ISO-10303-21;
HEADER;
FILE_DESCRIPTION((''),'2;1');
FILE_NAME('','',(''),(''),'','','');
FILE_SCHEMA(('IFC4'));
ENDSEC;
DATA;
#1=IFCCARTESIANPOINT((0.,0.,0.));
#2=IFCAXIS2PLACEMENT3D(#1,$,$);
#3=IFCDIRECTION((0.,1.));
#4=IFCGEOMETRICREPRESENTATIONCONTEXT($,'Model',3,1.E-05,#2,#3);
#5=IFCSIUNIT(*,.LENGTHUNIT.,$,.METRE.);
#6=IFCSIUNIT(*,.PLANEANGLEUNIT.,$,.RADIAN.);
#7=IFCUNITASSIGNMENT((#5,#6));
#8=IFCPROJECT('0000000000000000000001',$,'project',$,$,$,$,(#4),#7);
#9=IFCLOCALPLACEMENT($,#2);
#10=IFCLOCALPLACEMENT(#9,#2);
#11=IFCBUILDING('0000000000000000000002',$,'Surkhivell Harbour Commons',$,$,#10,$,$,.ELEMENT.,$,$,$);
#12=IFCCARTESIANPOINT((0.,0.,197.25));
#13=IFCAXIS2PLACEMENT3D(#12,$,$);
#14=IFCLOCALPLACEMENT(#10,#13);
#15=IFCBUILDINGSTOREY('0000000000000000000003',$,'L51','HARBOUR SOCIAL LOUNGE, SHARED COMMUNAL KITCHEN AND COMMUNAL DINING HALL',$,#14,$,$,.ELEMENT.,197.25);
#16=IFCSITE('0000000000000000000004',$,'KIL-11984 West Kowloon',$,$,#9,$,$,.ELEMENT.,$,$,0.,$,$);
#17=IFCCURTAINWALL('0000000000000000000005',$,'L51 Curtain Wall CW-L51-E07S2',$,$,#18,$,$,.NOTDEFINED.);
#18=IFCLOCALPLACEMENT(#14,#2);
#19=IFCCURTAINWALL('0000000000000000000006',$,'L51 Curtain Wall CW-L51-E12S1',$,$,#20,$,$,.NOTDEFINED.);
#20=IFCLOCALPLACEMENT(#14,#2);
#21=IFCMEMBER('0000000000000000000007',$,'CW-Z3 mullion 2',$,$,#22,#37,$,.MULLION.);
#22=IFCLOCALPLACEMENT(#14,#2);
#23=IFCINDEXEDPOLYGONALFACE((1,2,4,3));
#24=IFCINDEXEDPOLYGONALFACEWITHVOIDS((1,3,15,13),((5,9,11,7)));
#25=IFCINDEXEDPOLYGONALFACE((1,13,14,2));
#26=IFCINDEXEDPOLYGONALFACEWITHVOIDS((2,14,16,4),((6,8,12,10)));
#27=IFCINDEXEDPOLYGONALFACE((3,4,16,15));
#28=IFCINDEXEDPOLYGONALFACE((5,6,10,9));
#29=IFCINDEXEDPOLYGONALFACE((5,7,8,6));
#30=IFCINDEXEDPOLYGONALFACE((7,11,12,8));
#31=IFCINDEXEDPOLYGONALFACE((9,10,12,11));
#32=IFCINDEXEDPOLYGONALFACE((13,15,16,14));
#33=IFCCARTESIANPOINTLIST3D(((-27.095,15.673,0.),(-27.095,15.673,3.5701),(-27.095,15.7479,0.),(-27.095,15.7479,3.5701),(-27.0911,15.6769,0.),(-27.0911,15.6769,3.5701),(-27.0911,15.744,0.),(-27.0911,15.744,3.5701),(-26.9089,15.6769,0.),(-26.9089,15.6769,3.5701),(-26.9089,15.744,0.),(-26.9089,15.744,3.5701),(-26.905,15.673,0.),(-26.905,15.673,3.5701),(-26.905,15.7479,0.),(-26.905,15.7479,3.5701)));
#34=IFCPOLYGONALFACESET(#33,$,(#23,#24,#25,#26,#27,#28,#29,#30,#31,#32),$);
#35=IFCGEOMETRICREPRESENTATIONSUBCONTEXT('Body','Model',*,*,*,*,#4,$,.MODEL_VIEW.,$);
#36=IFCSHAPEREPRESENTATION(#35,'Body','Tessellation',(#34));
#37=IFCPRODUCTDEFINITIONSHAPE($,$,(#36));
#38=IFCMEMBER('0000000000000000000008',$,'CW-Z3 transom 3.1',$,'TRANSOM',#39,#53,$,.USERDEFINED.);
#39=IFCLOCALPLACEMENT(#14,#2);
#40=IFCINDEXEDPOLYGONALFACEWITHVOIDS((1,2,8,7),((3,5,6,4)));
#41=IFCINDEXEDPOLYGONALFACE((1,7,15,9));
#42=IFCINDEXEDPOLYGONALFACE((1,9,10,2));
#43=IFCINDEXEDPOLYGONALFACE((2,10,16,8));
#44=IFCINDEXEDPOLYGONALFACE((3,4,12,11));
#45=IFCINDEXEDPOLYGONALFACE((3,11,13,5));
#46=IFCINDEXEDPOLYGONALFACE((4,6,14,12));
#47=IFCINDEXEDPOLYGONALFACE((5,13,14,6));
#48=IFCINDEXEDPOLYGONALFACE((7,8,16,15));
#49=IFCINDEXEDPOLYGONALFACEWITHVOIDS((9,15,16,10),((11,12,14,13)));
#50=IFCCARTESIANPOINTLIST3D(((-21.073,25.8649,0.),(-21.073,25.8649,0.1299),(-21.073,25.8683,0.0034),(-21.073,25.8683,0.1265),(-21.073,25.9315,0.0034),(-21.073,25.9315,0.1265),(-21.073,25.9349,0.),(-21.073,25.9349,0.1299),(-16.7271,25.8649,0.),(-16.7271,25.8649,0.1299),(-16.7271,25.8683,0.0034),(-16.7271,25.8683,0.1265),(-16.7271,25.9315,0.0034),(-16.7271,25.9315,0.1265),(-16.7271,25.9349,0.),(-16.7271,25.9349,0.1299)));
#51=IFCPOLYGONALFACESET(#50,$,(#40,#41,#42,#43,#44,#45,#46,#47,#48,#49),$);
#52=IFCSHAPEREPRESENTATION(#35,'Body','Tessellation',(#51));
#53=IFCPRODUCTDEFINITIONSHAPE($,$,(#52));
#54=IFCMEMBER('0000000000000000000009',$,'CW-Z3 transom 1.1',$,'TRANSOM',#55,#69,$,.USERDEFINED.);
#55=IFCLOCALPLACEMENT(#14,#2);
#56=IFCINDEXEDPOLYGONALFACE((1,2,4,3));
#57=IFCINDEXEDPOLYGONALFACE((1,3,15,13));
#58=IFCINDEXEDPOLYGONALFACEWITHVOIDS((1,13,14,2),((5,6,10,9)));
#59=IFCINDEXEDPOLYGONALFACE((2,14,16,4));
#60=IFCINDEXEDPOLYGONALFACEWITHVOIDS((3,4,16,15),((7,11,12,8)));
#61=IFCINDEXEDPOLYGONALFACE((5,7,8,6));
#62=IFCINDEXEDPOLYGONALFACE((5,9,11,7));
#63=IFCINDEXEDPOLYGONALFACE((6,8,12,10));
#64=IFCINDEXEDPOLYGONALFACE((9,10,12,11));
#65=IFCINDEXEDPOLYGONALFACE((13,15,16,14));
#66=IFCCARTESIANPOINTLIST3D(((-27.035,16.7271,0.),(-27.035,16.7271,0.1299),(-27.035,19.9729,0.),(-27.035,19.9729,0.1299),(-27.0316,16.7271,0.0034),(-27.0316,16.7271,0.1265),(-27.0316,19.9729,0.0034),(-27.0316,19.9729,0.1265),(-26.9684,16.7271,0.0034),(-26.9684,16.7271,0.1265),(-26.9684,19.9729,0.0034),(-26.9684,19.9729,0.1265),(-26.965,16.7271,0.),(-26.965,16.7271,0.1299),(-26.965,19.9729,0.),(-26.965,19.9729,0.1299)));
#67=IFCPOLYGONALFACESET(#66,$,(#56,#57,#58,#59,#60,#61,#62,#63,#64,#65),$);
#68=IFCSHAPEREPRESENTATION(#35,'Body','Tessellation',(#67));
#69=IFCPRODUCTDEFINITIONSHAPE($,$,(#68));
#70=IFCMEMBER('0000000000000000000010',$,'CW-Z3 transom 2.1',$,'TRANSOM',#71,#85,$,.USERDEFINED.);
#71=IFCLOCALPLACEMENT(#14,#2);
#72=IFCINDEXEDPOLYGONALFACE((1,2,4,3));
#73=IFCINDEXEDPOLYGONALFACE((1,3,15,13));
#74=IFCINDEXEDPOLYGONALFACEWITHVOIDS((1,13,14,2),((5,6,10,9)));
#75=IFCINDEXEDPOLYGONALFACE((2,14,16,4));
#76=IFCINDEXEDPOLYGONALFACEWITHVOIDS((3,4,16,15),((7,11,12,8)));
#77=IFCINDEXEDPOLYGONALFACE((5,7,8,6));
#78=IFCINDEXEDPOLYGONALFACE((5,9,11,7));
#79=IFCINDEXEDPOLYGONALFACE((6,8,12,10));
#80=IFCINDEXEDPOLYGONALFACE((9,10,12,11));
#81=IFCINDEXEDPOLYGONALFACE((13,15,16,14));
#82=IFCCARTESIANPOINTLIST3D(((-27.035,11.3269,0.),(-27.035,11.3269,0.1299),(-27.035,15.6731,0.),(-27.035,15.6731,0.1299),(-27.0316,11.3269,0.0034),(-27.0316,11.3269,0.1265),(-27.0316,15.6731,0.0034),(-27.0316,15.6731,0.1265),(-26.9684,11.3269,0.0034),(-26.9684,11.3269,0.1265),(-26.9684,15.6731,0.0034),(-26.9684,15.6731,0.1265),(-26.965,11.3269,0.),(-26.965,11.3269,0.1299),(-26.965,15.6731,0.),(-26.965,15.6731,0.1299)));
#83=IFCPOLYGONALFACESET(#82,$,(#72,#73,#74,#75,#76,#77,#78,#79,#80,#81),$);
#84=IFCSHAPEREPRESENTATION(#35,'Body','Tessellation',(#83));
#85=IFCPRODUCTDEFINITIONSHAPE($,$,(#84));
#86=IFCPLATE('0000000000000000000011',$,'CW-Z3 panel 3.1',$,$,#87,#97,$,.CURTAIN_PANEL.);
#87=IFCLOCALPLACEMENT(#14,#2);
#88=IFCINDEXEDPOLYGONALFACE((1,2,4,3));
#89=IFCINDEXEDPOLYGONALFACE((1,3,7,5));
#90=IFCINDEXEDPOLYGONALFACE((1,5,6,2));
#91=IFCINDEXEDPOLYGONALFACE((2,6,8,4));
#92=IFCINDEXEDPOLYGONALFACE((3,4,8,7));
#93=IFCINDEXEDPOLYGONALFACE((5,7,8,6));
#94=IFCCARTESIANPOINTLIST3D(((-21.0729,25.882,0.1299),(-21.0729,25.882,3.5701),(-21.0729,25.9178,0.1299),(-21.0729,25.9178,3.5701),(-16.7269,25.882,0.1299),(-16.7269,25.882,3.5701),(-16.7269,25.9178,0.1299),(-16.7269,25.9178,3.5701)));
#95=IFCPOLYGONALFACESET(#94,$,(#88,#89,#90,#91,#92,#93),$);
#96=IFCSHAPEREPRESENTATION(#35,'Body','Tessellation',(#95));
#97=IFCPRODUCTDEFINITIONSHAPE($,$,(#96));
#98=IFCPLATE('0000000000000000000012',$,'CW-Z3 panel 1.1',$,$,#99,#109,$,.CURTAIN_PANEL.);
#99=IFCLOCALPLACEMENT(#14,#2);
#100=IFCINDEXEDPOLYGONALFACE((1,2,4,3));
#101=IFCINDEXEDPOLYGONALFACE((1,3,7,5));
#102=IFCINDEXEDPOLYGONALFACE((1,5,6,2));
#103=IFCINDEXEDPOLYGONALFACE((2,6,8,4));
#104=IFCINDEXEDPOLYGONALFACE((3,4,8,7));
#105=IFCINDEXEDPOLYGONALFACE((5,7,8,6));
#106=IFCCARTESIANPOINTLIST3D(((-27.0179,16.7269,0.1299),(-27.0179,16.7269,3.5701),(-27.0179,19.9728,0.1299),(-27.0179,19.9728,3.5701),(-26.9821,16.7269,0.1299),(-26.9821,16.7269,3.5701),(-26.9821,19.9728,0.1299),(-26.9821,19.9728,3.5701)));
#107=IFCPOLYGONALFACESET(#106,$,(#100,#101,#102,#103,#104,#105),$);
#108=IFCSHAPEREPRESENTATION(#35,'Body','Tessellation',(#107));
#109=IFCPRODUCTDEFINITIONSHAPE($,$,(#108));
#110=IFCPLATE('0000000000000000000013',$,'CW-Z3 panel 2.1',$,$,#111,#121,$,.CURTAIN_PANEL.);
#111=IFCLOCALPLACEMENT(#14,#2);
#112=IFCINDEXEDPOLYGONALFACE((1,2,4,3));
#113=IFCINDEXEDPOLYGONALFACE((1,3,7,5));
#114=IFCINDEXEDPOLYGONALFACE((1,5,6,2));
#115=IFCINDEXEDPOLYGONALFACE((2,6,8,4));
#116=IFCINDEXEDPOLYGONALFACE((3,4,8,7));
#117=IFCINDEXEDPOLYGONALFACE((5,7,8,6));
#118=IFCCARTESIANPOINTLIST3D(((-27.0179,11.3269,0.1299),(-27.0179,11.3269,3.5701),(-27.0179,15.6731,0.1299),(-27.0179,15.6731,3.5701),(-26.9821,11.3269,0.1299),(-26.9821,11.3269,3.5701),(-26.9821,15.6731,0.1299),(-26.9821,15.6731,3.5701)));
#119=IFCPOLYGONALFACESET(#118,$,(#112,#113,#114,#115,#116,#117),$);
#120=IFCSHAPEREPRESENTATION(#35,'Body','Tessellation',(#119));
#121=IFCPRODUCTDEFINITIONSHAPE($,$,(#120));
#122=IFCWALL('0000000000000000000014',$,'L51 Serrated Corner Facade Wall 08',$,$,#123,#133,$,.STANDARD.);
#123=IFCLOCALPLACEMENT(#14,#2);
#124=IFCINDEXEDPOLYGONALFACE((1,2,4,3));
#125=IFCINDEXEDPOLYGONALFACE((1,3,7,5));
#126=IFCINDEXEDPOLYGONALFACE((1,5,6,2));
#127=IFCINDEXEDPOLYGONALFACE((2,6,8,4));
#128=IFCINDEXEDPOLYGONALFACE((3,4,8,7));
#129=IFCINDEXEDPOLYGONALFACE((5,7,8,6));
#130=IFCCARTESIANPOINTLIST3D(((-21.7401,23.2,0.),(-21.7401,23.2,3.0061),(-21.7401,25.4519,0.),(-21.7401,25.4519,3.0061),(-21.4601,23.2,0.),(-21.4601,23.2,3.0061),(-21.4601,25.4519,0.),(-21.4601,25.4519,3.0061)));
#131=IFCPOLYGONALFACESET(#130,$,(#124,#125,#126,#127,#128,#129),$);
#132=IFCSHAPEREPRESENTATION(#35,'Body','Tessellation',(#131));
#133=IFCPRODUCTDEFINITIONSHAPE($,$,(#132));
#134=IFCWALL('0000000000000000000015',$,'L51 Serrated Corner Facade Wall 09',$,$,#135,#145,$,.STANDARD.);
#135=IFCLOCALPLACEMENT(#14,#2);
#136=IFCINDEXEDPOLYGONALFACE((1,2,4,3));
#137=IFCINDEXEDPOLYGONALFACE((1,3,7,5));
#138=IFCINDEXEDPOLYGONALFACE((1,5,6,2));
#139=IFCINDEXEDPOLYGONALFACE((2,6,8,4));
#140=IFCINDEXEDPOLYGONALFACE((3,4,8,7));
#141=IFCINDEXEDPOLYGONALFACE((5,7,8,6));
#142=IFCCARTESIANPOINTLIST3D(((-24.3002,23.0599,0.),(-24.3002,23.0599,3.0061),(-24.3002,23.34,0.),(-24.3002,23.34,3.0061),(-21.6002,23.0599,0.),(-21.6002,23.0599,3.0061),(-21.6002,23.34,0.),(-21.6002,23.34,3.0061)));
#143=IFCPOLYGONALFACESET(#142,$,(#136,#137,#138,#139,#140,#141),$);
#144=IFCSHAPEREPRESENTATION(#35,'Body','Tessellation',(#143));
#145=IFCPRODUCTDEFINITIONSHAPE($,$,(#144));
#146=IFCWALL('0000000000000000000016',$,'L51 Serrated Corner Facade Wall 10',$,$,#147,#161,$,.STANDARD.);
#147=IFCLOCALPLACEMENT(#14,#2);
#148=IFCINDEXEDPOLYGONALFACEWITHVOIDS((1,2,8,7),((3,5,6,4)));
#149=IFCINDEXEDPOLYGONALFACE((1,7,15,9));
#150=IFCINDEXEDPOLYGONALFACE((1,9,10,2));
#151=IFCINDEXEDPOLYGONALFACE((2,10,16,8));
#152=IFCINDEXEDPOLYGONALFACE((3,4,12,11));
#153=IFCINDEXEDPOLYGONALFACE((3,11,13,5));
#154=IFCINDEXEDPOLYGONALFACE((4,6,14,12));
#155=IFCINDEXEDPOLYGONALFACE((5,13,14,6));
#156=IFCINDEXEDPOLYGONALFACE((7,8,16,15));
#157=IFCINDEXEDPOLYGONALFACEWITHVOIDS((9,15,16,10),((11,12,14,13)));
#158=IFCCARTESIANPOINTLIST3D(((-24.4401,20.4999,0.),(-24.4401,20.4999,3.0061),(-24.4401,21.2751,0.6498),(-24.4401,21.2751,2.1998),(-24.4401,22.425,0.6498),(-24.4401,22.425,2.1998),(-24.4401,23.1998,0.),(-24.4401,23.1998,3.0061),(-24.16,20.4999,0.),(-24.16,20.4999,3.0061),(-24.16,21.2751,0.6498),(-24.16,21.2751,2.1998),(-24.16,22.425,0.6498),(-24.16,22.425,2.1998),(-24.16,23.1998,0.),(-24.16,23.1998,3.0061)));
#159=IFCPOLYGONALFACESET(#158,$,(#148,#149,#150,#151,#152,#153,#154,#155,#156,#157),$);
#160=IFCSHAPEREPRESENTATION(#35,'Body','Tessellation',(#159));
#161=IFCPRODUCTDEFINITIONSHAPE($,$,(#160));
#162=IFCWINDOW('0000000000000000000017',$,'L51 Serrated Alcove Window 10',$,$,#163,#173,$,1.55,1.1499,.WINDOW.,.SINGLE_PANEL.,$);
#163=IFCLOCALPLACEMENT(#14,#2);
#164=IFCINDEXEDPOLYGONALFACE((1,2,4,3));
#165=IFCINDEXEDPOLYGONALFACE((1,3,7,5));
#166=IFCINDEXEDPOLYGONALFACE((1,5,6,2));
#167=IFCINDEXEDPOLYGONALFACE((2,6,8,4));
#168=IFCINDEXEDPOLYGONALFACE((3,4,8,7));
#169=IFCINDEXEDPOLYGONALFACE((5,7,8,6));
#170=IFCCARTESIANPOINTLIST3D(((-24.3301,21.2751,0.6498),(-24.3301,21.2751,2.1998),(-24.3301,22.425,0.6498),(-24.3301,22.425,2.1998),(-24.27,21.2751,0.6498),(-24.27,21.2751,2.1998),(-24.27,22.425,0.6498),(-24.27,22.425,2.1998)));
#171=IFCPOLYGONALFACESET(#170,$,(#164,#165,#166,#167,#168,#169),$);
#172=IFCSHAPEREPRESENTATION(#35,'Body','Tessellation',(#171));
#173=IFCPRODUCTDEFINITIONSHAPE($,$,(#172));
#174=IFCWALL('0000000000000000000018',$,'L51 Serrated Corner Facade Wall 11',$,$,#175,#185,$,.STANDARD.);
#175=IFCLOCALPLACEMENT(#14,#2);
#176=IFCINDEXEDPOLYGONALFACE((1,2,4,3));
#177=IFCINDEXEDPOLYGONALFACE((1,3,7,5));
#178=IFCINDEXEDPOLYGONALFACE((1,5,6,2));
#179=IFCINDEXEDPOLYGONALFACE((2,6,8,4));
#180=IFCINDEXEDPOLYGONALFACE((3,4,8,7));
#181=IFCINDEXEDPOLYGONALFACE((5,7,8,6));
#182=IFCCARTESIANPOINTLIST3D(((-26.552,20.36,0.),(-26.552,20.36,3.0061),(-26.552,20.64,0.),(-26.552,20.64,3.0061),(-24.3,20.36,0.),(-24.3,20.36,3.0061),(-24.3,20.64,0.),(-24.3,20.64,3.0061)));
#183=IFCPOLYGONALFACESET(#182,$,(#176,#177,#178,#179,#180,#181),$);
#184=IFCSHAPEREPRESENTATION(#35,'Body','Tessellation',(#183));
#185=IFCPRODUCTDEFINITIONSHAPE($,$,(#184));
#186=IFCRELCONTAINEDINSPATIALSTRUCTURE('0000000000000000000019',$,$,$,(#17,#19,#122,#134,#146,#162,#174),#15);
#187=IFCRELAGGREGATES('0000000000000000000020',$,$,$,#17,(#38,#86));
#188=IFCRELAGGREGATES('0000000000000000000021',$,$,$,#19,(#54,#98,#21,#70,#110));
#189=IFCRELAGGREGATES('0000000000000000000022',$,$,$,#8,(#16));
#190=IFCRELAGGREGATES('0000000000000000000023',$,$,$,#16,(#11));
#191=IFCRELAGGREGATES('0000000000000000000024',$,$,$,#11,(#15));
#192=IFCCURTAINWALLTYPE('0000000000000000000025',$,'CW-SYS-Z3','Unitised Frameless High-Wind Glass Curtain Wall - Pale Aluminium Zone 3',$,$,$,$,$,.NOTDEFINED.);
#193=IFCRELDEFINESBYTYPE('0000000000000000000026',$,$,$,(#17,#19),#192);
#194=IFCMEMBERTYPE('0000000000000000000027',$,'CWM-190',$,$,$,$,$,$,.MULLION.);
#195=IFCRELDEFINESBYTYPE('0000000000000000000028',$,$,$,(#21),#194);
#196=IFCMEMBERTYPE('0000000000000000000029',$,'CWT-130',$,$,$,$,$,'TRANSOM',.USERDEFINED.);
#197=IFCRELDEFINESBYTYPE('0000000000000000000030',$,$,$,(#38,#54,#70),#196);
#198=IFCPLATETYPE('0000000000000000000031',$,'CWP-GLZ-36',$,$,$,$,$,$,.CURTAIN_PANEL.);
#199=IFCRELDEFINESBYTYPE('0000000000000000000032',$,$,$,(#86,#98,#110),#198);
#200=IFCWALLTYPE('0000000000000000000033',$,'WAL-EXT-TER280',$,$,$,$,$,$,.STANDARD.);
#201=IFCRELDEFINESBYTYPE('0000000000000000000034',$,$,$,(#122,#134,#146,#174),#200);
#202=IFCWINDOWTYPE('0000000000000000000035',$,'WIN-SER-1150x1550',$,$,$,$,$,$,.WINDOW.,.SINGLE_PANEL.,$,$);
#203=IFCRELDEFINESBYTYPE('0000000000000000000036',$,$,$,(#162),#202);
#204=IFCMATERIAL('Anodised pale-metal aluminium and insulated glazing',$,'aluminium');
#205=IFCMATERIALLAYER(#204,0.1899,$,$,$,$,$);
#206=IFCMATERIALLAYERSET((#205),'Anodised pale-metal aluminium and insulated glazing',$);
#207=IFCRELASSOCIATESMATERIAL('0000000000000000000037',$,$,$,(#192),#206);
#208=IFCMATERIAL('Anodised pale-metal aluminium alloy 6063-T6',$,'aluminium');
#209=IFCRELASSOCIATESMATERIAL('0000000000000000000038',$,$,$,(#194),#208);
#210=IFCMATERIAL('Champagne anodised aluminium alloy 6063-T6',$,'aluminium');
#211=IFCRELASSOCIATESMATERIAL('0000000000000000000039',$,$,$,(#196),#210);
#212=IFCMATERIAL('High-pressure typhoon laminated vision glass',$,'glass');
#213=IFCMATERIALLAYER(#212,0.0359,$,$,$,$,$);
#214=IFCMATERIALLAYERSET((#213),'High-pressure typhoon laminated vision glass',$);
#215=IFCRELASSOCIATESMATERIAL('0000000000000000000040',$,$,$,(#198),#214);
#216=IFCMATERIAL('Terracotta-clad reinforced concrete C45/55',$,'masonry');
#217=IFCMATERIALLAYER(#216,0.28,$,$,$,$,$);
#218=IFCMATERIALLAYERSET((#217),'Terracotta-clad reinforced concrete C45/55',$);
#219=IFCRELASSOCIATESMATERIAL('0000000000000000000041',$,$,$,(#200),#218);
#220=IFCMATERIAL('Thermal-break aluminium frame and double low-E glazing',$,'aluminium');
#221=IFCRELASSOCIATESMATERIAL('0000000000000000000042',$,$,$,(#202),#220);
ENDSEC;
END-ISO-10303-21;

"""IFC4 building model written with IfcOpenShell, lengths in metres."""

from ifc_helpers import new_model, si_unit, direction, frame, frame_2d, origin, origin_2d, place, context, subcontext, project, spatial, rectangle, hollow_rectangle, extrude, material, layer, layer_set, material_profile, profile_set, type_object, element, fill, aggregate, save


model = new_model("IFC4")

# Units and contexts
model_context = context("Model", 3, precision=1e-05, world=origin(), true_north=direction((0.0, 1.0)))
body_context = subcontext(model_context, "Body", "Model", "MODEL_VIEW")
ifc_project = project(units=[si_unit("LENGTHUNIT", "METRE"), si_unit("PLANEANGLEUNIT", "RADIAN")], contexts=[model_context])

# Site, building, storey
site_placement = place(None, origin())
site = spatial("IfcSite", under=ifc_project, at=site_placement, Name="KIL-11984 West Kowloon", CompositionType="ELEMENT", RefElevation=0.0)
building_placement = place(site_placement, origin())
building = spatial("IfcBuilding", under=site, at=building_placement, Name="Surkhivell Harbour Commons", CompositionType="ELEMENT")
storey_placement = place(building_placement, frame((0.0, 0.0, 197.25)))
storey = spatial("IfcBuildingStorey", under=building, at=storey_placement, Name="L51", Description="HARBOUR SOCIAL LOUNGE, SHARED COMMUNAL KITCHEN AND COMMUNAL DINING HALL", CompositionType="ELEMENT", Elevation=197.25)

# Curtain walls, member
ifc_material_1 = material(Name="Anodised pale-metal aluminium and insulated glazing", Category="aluminium")
ifc_layer_1 = layer(ifc_material_1, 0.1899)
ifc_layer_set_1 = layer_set([ifc_layer_1], Name="Anodised pale-metal aluminium and insulated glazing")
curtain_wall_type = type_object("IfcCurtainWallType", Name="CW-SYS-Z3", Description="Unitised Frameless High-Wind Glass Curtain Wall - Pale Aluminium Zone 3", PredefinedType="NOTDEFINED", material=ifc_layer_set_1)
curtain_wall_1_placement = place(storey_placement, origin())
curtain_wall_1 = element("IfcCurtainWall", 1, at=curtain_wall_1_placement, inside=storey, type_object=curtain_wall_type, Name="L51 Curtain Wall CW-L51-E07S2", PredefinedType="NOTDEFINED")
ifc_material_2 = material(Name="Anodised pale-metal aluminium alloy 6063-T6", Category="aluminium")
ifc_material_profile_1 = material_profile(ifc_material_2, hollow_rectangle(XDim=0.075, YDim=0.1899, WallThickness=0.0039, at=origin_2d()), Name="ALU-MULL-75x190")
ifc_profile_set_1 = profile_set([ifc_material_profile_1], Name="Anodised pale-metal aluminium alloy 6063-T6")
member_type_1 = type_object("IfcMemberType", Name="CWM-190", PredefinedType="MULLION", material=ifc_profile_set_1)
curtain_wall_2_placement = place(storey_placement, origin())
curtain_wall_2 = element("IfcCurtainWall", 2, at=curtain_wall_2_placement, inside=storey, type_object=curtain_wall_type, Name="L51 Curtain Wall CW-L51-E12S1", PredefinedType="NOTDEFINED")
member_1_placement = place(storey_placement, frame((-27.0, 15.7104, 0.0), z_axis=(0.0, 0.0, 1.0), x_axis=(0.0, -1.0, 0.0)))
member_1 = element("IfcMember", 3, at=member_1_placement, type_object=member_type_1, Name="CW-Z3 mullion 2", PredefinedType="MULLION", context=body_context, shape_type="SweptSolid", body=[
    extrude(hollow_rectangle(XDim=0.075, YDim=0.1899, WallThickness=0.0039, at=origin_2d()), origin(), (0.0, 0.0, 1.0), 3.5701),
])

# Members
ifc_material_3 = material(Name="Champagne anodised aluminium alloy 6063-T6", Category="aluminium")
ifc_material_profile_2 = material_profile(ifc_material_3, hollow_rectangle(XDim=0.0701, YDim=0.1299, WallThickness=0.0034, at=origin_2d()), Name="ALU-TRAN-70x130")
ifc_profile_set_2 = profile_set([ifc_material_profile_2], Name="Champagne anodised aluminium alloy 6063-T6")
member_type_2 = type_object("IfcMemberType", Name="CWT-130", ElementType="TRANSOM", PredefinedType="USERDEFINED", material=ifc_profile_set_2)
member_2_placement = place(storey_placement, frame((-16.7271, 25.8999, 0.0649), z_axis=(-1.0, 0.0, 0.0), x_axis=(0.0, -1.0, 0.0)))
member_2 = element("IfcMember", 4, at=member_2_placement, type_object=member_type_2, Name="CW-Z3 transom 3.1", ObjectType="TRANSOM", PredefinedType="USERDEFINED", context=body_context, shape_type="SweptSolid", body=[
    extrude(hollow_rectangle(XDim=0.0701, YDim=0.1299, WallThickness=0.0034, at=origin_2d()), origin(), (0.0, 0.0, 1.0), 4.3459),
])
member_3_placement = place(storey_placement, frame((-27.0, 19.9729, 0.0649), z_axis=(0.0, -1.0, 0.0), x_axis=(1.0, 0.0, 0.0)))
member_3 = element("IfcMember", 5, at=member_3_placement, type_object=member_type_2, Name="CW-Z3 transom 1.1", ObjectType="TRANSOM", PredefinedType="USERDEFINED", context=body_context, shape_type="SweptSolid", body=[
    extrude(hollow_rectangle(XDim=0.0701, YDim=0.1299, WallThickness=0.0034, at=origin_2d()), origin(), (0.0, 0.0, 1.0), 3.2458),
])
member_4_placement = place(storey_placement, frame((-27.0, 15.6731, 0.0649), z_axis=(0.0, -1.0, 0.0), x_axis=(1.0, 0.0, 0.0)))
member_4 = element("IfcMember", 6, at=member_4_placement, type_object=member_type_2, Name="CW-Z3 transom 2.1", ObjectType="TRANSOM", PredefinedType="USERDEFINED", context=body_context, shape_type="SweptSolid", body=[
    extrude(hollow_rectangle(XDim=0.0701, YDim=0.1299, WallThickness=0.0034, at=origin_2d()), origin(), (0.0, 0.0, 1.0), 4.3462),
])

# Plates
ifc_material_4 = material(Name="High-pressure typhoon laminated vision glass", Category="glass")
ifc_layer_2 = layer(ifc_material_4, 0.0359)
ifc_layer_set_2 = layer_set([ifc_layer_2], Name="High-pressure typhoon laminated vision glass")
plate_type = type_object("IfcPlateType", Name="CWP-GLZ-36", PredefinedType="CURTAIN_PANEL", material=ifc_layer_set_2)
plate_1_placement = place(storey_placement, frame((-16.7271, 25.8999, 0.1299), z_axis=(0.0, 0.0, 1.0), x_axis=(-1.0, 0.0, 0.0)))
plate_1 = element("IfcPlate", 7, at=plate_1_placement, type_object=plate_type, Name="CW-Z3 panel 3.1", PredefinedType="CURTAIN_PANEL", context=body_context, shape_type="SweptSolid", body=[
    extrude(rectangle(XDim=4.3459, YDim=0.0359, at=frame_2d((2.1729, 0.0))), origin(), (0.0, 0.0, 1.0), 3.4402),
])
aggregate(curtain_wall_1, [member_2, plate_1])
plate_2_placement = place(storey_placement, frame((-27.0, 19.9729, 0.1299), z_axis=(0.0, 0.0, 1.0), x_axis=(0.0, -1.0, 0.0)))
plate_2 = element("IfcPlate", 8, at=plate_2_placement, type_object=plate_type, Name="CW-Z3 panel 1.1", PredefinedType="CURTAIN_PANEL", context=body_context, shape_type="SweptSolid", body=[
    extrude(rectangle(XDim=3.2458, YDim=0.0359, at=frame_2d((1.623, 0.0))), origin(), (0.0, 0.0, 1.0), 3.4402),
])
plate_3_placement = place(storey_placement, frame((-27.0, 15.6731, 0.1299), z_axis=(0.0, 0.0, 1.0), x_axis=(0.0, -1.0, 0.0)))
plate_3 = element("IfcPlate", 9, at=plate_3_placement, type_object=plate_type, Name="CW-Z3 panel 2.1", PredefinedType="CURTAIN_PANEL", context=body_context, shape_type="SweptSolid", body=[
    extrude(rectangle(XDim=4.3462, YDim=0.0359, at=frame_2d((2.1731, 0.0))), origin(), (0.0, 0.0, 1.0), 3.4402),
])
aggregate(curtain_wall_2, [member_3, plate_2, member_1, member_4, plate_3])

# Walls
ifc_material_5 = material(Name="Terracotta-clad reinforced concrete C45/55", Category="masonry")
ifc_layer_3 = layer(ifc_material_5, 0.28)
ifc_layer_set_3 = layer_set([ifc_layer_3], Name="Terracotta-clad reinforced concrete C45/55")
wall_type = type_object("IfcWallType", Name="WAL-EXT-TER280", PredefinedType="STANDARD", material=ifc_layer_set_3)
wall_1_placement = place(storey_placement, frame((-21.6001, 25.4519, 0.0), z_axis=(0.0, 0.0, 1.0), x_axis=(0.0, -1.0, 0.0)))
element("IfcWall", 10, at=wall_1_placement, inside=storey, type_object=wall_type, Name="L51 Serrated Corner Facade Wall 08", PredefinedType="STANDARD", context=body_context, shape_type="SweptSolid", body=[
    extrude(rectangle(XDim=2.252, YDim=0.28, at=frame_2d((1.126, 0.0))), origin(), (0.0, 0.0, 1.0), 3.0061),
])
wall_2_placement = place(storey_placement, frame((-21.6001, 23.2, 0.0), z_axis=(0.0, 0.0, 1.0), x_axis=(-1.0, 0.0, 0.0)))
element("IfcWall", 11, at=wall_2_placement, inside=storey, type_object=wall_type, Name="L51 Serrated Corner Facade Wall 09", PredefinedType="STANDARD", context=body_context, shape_type="SweptSolid", body=[
    extrude(rectangle(XDim=2.7, YDim=0.28, at=frame_2d((1.3501, 0.0))), origin(), (0.0, 0.0, 1.0), 3.0061),
])

# Wall, opening, window
wall_3_placement = place(storey_placement, frame((-24.3, 23.2, 0.0), z_axis=(0.0, 0.0, 1.0), x_axis=(0.0, -1.0, 0.0)))
wall_3 = element("IfcWall", 12, at=wall_3_placement, inside=storey, type_object=wall_type, Name="L51 Serrated Corner Facade Wall 10", PredefinedType="STANDARD", context=body_context, shape_type="SweptSolid", body=[
    extrude(rectangle(XDim=2.7, YDim=0.28, at=frame_2d((1.3501, 0.0))), origin(), (0.0, 0.0, 1.0), 3.0061),
])
opening_placement = place(wall_3_placement, frame((0.7749, 0.0, 0.6499)))
opening = element("IfcOpeningElement", 13, at=opening_placement, cuts=wall_3, PredefinedType="OPENING", context=body_context, shape_type="SweptSolid", body=[
    extrude(rectangle(XDim=1.1499, YDim=1.55, at=frame_2d((0.575, 0.7749))), frame((0.0, 0.1499, 0.0), z_axis=(0.0, -1.0, 0.0), x_axis=(1.0, 0.0, 0.0)), (0.0, 0.0, 1.0), 0.3),
])
ifc_material_6 = material(Name="Thermal-break aluminium frame and double low-E glazing", Category="aluminium")
window_type = type_object("IfcWindowType", Name="WIN-SER-1150x1550", PartitioningType="SINGLE_PANEL", PredefinedType="WINDOW", material=ifc_material_6)
window_placement = place(opening_placement, origin())
window = element("IfcWindow", 14, at=window_placement, inside=storey, type_object=window_type, Name="L51 Serrated Alcove Window 10", OverallHeight=1.55, OverallWidth=1.1499, PartitioningType="SINGLE_PANEL", PredefinedType="WINDOW", context=body_context, shape_type="SweptSolid", body=[
    extrude(rectangle(XDim=1.1499, YDim=1.55, at=frame_2d((0.575, 0.7749))), frame((0.0, 0.03, 0.0), z_axis=(0.0, -1.0, 0.0), x_axis=(1.0, 0.0, 0.0)), (0.0, 0.0, 1.0), 0.0601),
])
fill(opening, window)

# Wall
wall_4_placement = place(storey_placement, frame((-24.3, 20.5, 0.0), z_axis=(0.0, 0.0, 1.0), x_axis=(-1.0, 0.0, 0.0)))
element("IfcWall", 15, at=wall_4_placement, inside=storey, type_object=wall_type, Name="L51 Serrated Corner Facade Wall 11", PredefinedType="STANDARD", context=body_context, shape_type="SweptSolid", body=[
    extrude(rectangle(XDim=2.252, YDim=0.28, at=frame_2d((1.126, 0.0))), origin(), (0.0, 0.0, 1.0), 3.0061),
])

save(model, "model.ifc")
